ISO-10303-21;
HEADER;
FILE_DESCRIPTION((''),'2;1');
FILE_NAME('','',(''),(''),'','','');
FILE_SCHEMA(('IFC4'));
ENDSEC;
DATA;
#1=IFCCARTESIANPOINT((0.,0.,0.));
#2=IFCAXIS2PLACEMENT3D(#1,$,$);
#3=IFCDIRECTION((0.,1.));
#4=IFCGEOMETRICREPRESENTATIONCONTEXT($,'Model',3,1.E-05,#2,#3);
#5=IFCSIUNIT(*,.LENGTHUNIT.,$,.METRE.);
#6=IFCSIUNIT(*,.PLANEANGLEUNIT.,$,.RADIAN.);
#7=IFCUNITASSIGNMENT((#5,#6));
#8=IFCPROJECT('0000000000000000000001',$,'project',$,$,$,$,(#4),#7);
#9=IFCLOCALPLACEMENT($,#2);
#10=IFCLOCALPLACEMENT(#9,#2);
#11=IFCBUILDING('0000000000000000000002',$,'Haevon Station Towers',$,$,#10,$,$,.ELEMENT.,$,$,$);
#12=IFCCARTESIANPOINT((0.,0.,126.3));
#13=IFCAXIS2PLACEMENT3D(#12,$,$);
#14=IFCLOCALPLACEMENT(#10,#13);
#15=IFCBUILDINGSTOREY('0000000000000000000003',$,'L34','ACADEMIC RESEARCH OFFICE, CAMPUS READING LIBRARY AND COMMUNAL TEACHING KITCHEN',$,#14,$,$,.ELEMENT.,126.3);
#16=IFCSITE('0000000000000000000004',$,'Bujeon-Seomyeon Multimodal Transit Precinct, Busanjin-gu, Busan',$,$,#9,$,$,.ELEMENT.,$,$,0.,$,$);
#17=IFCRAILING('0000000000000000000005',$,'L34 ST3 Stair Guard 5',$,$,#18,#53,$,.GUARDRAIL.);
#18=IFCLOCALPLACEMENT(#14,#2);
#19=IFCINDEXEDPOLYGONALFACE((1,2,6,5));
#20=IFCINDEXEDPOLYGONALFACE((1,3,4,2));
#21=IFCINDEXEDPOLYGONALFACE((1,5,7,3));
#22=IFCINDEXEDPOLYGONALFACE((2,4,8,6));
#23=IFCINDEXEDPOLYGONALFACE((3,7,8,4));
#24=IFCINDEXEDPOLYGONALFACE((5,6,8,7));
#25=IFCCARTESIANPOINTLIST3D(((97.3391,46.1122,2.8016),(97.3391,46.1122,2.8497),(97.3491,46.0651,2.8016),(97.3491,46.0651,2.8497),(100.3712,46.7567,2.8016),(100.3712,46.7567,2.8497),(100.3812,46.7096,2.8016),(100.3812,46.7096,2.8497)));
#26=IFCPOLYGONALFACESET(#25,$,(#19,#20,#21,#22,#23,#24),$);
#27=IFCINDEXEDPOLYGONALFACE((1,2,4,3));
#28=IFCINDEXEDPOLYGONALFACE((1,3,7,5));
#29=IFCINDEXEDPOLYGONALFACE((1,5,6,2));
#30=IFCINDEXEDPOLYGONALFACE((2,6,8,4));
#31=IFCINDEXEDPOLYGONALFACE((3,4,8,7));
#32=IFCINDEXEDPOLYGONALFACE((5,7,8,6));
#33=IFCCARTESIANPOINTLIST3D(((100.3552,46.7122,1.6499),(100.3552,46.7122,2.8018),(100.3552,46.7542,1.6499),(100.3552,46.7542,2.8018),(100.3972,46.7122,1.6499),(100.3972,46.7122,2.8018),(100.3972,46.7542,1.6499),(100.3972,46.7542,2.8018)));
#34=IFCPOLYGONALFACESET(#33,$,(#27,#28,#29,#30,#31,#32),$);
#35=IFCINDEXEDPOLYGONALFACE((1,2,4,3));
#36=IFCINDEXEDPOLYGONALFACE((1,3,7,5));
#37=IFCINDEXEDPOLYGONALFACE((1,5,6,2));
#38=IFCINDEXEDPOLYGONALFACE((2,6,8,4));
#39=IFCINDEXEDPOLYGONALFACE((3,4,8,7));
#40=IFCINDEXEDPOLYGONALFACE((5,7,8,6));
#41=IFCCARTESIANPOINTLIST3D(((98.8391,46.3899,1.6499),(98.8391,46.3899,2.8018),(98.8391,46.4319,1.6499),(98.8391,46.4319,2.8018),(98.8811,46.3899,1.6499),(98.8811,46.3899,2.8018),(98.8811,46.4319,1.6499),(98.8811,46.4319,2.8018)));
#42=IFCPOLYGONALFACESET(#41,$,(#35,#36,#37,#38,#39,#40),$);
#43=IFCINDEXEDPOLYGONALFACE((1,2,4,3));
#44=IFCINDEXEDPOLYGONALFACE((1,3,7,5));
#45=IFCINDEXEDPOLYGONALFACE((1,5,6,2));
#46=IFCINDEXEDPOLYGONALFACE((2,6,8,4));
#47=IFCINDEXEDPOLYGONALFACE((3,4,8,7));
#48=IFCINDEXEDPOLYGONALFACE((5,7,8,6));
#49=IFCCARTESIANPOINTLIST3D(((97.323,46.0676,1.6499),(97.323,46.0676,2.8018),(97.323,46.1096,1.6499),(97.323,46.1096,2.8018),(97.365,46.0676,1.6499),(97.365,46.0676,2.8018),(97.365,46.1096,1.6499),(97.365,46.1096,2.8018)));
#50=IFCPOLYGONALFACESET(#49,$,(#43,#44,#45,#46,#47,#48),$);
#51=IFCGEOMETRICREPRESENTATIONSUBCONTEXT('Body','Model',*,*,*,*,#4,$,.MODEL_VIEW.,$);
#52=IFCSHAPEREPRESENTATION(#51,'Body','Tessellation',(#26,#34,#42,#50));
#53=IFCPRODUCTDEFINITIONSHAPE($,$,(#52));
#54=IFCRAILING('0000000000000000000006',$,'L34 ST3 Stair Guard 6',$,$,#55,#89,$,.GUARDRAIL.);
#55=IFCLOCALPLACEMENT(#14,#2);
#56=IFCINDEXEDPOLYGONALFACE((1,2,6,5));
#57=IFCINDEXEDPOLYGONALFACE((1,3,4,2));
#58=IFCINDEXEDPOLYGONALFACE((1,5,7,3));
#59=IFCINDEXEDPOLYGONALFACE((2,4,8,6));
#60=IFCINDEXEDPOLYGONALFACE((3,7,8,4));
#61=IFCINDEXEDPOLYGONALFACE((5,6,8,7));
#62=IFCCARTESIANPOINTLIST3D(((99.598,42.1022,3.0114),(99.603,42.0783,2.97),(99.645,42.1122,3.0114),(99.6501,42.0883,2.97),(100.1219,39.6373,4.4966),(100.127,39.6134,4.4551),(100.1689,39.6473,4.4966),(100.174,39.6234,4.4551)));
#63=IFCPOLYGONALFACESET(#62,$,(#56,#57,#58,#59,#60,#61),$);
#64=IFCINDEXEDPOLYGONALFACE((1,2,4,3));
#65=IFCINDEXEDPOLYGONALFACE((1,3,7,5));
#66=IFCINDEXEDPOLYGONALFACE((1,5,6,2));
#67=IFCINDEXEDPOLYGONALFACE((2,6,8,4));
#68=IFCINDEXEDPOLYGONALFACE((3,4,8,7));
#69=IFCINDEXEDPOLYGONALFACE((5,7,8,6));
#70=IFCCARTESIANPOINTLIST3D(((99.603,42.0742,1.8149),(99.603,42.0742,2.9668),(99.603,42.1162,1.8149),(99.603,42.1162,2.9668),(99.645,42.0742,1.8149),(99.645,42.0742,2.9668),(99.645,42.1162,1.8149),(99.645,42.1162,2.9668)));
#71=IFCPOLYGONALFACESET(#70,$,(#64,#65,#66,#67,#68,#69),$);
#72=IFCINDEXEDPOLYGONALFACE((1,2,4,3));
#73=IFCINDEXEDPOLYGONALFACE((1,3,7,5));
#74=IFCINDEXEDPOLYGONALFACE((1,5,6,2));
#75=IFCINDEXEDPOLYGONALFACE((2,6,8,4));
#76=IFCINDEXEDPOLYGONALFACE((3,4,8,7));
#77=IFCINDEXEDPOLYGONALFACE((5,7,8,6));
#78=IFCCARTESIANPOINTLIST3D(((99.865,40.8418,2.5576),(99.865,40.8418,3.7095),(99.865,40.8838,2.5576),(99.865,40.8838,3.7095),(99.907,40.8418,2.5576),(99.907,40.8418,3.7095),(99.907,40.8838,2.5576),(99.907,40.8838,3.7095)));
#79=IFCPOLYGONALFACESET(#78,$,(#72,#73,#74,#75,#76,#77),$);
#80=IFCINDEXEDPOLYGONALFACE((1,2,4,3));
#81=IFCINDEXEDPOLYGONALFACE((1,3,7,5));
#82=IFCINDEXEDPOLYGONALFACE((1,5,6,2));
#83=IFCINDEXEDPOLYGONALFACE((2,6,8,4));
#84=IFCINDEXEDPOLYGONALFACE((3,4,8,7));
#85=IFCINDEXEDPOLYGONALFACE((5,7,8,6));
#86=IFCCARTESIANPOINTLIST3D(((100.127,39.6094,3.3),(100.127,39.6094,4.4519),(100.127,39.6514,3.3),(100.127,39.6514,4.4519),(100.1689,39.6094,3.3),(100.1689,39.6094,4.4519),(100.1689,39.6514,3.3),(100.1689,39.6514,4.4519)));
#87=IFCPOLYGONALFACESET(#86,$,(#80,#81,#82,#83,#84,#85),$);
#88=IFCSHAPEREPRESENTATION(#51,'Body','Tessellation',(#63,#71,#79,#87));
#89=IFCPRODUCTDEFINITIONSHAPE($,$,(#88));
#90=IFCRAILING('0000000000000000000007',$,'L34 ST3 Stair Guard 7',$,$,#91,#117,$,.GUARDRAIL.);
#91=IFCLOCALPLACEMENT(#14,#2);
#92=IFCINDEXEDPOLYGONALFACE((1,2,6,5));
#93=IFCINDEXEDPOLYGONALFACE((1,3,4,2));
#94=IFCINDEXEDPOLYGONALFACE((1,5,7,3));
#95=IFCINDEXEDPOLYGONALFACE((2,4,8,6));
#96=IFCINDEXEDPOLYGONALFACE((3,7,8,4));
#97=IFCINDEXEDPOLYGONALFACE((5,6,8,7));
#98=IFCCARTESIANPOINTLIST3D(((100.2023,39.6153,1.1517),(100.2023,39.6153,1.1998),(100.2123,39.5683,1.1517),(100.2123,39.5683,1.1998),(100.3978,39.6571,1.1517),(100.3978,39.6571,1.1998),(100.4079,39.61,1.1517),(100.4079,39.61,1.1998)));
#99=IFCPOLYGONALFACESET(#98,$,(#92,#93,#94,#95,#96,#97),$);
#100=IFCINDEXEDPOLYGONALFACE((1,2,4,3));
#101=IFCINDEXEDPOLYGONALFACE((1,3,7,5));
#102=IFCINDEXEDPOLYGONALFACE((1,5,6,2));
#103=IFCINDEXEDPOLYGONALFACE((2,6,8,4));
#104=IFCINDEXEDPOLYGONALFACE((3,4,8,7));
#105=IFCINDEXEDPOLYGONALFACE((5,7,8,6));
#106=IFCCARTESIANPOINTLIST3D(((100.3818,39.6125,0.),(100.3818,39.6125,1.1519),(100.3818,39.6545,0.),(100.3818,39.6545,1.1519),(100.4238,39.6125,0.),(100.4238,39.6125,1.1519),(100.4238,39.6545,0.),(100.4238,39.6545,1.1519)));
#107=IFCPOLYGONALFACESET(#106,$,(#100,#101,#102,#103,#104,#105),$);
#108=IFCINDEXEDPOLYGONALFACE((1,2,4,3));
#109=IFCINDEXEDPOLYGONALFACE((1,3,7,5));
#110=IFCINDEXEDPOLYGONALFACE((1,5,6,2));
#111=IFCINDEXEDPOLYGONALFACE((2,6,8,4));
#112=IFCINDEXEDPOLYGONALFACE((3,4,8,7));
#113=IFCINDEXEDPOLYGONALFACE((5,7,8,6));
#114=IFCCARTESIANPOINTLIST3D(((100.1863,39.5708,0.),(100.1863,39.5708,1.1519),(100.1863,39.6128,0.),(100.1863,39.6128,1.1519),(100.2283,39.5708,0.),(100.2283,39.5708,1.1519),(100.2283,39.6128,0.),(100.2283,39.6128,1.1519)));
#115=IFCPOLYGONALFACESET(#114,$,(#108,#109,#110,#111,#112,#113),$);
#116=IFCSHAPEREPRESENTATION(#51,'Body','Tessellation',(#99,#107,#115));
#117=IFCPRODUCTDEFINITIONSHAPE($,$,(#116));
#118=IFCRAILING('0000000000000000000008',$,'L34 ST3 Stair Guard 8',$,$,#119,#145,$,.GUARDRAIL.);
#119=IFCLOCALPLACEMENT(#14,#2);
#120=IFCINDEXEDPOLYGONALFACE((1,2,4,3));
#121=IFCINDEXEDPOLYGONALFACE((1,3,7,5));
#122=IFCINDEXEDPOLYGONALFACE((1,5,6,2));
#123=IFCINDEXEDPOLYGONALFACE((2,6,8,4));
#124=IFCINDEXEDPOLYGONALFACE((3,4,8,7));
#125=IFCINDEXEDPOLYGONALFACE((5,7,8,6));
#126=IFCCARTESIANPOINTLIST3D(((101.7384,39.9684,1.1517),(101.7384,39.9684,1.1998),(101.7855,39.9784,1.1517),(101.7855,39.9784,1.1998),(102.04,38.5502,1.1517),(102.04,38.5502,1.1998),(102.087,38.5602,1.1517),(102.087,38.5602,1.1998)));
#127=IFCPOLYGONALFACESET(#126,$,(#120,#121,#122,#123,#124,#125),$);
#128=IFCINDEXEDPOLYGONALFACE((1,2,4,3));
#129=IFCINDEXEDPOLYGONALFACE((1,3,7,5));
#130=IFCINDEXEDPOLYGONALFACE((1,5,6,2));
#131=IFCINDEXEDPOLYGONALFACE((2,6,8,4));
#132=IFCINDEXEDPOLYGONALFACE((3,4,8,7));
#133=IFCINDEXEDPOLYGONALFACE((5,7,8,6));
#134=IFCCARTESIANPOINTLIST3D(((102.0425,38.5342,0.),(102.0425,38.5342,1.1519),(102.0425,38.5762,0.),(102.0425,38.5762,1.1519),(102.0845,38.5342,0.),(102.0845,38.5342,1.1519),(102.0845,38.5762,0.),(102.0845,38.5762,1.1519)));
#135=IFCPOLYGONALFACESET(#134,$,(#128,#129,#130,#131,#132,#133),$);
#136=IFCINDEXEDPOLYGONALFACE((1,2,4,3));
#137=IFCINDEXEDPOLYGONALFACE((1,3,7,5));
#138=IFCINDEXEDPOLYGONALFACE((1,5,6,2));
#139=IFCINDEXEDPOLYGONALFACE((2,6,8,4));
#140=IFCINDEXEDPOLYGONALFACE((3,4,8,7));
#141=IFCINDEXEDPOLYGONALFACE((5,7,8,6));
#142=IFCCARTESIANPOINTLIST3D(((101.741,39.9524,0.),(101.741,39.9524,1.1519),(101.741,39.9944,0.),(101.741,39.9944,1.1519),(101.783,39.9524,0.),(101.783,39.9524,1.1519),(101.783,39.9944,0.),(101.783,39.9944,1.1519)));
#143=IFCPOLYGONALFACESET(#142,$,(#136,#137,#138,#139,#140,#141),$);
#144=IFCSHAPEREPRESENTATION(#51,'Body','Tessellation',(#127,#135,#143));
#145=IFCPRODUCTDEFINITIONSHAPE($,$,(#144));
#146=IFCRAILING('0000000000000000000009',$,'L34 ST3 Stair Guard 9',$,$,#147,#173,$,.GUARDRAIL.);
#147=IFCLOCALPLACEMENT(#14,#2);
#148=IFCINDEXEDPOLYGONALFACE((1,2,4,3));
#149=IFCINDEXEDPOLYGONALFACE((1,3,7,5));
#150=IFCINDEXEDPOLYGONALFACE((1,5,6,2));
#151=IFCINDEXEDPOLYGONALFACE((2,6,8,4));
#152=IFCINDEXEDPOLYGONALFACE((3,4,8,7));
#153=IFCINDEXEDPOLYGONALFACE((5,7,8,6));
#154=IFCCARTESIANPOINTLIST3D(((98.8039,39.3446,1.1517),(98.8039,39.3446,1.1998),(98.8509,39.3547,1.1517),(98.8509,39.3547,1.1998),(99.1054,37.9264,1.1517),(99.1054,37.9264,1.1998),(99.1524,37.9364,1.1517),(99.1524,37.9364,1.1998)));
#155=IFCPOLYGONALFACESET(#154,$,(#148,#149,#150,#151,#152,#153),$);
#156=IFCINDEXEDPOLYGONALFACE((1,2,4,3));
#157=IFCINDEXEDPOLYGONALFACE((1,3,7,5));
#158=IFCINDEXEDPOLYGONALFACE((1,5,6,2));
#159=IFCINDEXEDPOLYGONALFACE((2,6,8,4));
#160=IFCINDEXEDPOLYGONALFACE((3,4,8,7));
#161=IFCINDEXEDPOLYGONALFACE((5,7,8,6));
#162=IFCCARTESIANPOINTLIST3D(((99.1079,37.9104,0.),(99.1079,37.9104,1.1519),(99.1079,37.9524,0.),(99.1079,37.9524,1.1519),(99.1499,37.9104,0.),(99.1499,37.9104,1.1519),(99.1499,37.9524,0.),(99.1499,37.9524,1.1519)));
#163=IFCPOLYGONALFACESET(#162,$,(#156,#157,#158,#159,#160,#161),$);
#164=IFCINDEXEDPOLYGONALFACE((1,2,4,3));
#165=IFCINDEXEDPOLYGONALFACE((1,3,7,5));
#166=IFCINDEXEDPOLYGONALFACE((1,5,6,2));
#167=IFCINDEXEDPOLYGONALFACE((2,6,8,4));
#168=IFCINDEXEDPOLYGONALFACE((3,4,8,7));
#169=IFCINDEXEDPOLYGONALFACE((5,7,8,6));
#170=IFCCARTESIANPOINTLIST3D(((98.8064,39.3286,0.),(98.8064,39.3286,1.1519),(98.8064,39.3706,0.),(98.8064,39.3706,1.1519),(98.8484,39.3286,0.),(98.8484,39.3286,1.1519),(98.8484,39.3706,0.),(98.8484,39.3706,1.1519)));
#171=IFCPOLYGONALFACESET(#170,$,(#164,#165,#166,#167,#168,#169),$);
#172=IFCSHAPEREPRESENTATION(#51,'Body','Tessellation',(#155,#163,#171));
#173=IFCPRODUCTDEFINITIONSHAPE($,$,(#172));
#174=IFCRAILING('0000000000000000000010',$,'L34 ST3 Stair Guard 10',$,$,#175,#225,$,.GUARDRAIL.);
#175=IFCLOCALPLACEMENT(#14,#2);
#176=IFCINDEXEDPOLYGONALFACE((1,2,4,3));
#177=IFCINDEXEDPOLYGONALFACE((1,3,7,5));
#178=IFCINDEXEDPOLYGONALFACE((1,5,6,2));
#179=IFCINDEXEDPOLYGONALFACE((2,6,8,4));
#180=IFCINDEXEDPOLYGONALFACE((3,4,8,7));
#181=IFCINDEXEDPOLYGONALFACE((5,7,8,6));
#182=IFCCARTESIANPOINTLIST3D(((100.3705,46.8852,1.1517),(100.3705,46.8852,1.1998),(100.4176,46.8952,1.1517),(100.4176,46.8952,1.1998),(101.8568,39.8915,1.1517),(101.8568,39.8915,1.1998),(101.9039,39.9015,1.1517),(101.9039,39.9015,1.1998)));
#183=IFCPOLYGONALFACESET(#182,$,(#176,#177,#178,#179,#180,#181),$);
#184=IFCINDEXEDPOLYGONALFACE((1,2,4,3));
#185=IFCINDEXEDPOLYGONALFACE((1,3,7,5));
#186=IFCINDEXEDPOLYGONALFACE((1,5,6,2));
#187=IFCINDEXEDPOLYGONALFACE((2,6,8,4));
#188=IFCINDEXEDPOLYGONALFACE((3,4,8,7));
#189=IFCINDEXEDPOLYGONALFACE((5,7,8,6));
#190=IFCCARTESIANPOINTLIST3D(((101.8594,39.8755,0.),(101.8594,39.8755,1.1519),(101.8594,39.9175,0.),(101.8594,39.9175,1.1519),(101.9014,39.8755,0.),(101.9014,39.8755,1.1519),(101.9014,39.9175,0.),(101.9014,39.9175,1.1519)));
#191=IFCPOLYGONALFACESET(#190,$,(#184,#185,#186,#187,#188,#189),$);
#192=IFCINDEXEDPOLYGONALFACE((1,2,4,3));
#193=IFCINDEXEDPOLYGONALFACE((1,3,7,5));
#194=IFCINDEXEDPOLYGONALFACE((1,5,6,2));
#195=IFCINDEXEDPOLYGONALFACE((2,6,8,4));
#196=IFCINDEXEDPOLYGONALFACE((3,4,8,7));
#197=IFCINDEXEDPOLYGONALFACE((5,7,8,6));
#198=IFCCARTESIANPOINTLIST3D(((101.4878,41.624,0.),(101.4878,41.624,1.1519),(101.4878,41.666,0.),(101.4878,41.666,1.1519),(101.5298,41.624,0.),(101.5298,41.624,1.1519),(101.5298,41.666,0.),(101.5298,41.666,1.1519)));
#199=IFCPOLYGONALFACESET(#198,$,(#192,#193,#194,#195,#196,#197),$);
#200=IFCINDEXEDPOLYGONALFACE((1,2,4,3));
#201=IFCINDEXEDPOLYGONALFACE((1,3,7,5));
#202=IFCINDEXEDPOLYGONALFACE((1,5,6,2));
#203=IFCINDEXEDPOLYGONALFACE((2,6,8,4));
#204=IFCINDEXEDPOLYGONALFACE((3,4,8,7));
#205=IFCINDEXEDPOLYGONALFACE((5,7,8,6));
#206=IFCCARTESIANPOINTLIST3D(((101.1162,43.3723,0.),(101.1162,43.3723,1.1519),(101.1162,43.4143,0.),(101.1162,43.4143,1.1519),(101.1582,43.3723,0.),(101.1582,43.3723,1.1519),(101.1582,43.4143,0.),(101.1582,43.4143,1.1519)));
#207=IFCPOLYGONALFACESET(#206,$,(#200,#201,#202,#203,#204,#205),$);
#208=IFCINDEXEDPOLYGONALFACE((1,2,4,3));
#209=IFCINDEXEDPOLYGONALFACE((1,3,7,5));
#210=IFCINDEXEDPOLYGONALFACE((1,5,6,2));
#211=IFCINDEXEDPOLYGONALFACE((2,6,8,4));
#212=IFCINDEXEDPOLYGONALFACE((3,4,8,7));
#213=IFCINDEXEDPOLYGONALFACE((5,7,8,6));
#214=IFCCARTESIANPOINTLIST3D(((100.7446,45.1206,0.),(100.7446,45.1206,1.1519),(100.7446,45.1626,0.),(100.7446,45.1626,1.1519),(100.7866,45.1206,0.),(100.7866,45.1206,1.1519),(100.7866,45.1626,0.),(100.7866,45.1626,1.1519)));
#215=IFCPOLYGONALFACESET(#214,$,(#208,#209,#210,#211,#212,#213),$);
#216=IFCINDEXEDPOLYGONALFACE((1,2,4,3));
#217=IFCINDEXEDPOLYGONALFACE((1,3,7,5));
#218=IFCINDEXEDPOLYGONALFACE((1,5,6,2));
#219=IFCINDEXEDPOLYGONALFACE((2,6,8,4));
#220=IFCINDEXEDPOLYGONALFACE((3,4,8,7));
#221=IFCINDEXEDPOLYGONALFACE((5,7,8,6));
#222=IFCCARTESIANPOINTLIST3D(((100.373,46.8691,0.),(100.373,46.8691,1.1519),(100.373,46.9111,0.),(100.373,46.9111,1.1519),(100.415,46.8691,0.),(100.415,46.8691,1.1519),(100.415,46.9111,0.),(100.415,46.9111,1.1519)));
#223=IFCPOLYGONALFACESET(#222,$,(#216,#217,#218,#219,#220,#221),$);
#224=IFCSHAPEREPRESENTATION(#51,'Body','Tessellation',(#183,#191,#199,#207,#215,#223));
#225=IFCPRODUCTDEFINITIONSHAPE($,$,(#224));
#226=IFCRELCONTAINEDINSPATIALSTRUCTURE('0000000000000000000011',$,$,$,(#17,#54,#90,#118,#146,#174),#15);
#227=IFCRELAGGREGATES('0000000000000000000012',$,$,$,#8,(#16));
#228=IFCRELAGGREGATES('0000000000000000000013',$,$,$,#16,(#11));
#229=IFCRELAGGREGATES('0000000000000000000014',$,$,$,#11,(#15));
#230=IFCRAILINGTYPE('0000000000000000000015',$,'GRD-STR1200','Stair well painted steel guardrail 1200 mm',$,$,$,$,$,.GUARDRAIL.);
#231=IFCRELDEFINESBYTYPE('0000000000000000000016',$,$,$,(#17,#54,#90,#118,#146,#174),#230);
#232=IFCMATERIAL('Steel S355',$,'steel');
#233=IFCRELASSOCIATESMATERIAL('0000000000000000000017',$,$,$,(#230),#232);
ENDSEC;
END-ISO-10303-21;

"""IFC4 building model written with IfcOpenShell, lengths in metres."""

from ifc_helpers import new_model, si_unit, direction, frame, origin, origin_2d, place, context, subcontext, project, spatial, rectangle, extrude, material, type_object, element, save


model = new_model("IFC4")

# Units and contexts
model_context = context("Model", 3, precision=1e-05, world=origin(), true_north=direction((0.0, 1.0)))
body_context = subcontext(model_context, "Body", "Model", "MODEL_VIEW")
ifc_project = project(units=[si_unit("LENGTHUNIT", "METRE"), si_unit("PLANEANGLEUNIT", "RADIAN")], contexts=[model_context])

# Site, building, storey
site_placement = place(None, origin())
site = spatial("IfcSite", under=ifc_project, at=site_placement, Name="Bujeon-Seomyeon Multimodal Transit Precinct, Busanjin-gu, Busan", CompositionType="ELEMENT", RefElevation=0.0)
building_placement = place(site_placement, origin())
building = spatial("IfcBuilding", under=site, at=building_placement, Name="Haevon Station Towers", CompositionType="ELEMENT")
storey_placement = place(building_placement, frame((0.0, 0.0, 126.3)))
storey = spatial("IfcBuildingStorey", under=building, at=storey_placement, Name="L34", Description="ACADEMIC RESEARCH OFFICE, CAMPUS READING LIBRARY AND COMMUNAL TEACHING KITCHEN", CompositionType="ELEMENT", Elevation=126.3)

# Shared definitions
ifc_material_1 = material(Name="Steel S355", Category="steel")

# Railings
railing_type_1 = type_object("IfcRailingType", Name="GRD-STR1200", Description="Stair well painted steel guardrail 1200 mm", PredefinedType="GUARDRAIL", material=ifc_material_1)
railing_1_placement = place(storey_placement, frame((100.3762, 46.7332, 1.6499)))
element("IfcRailing", 1, at=railing_1_placement, inside=storey, type_object=railing_type_1, Name="L34 ST3 Stair Guard 5", PredefinedType="GUARDRAIL", context=body_context, shape_type="SweptSolid", body=[
    extrude(rectangle(XDim=0.0481, YDim=0.0481, at=origin_2d()), frame((0.0, 0.0, 1.1758), z_axis=(-0.978147, -0.207915, 0.0), x_axis=(0.207915, -0.978147, 0.0)), (0.0, 0.0, 1.0), 3.0999),
    extrude(rectangle(XDim=0.042, YDim=0.042, at=origin_2d()), origin(), (0.0, 0.0, 1.0), 1.1519),
    extrude(rectangle(XDim=0.042, YDim=0.042, at=origin_2d()), frame((-1.5161, -0.3223, 0.0)), (0.0, 0.0, 1.0), 1.1519),
    extrude(rectangle(XDim=0.042, YDim=0.042, at=origin_2d()), frame((-3.0322, -0.6445, 0.0)), (0.0, 0.0, 1.0), 1.1519),
])
railing_2_placement = place(storey_placement, frame((99.624, 42.0952, 1.8149)))
element("IfcRailing", 2, at=railing_2_placement, inside=storey, type_object=railing_type_1, Name="L34 ST3 Stair Guard 6", PredefinedType="GUARDRAIL", context=body_context, shape_type="SweptSolid", body=[
    extrude(rectangle(XDim=0.0481, YDim=0.0481, at=origin_2d()), frame((0.0, 0.0, 1.1758), z_axis=(0.179121, -0.842688, 0.507733), x_axis=(0.978147, 0.207914, 0.0)), (0.0, 0.0, 1.0), 2.925),
    extrude(rectangle(XDim=0.042, YDim=0.042, at=origin_2d()), origin(), (0.0, 0.0, 1.0), 1.1519),
    extrude(rectangle(XDim=0.042, YDim=0.042, at=origin_2d()), frame((0.262, -1.2324, 0.7427)), (0.0, 0.0, 1.0), 1.1519),
    extrude(rectangle(XDim=0.042, YDim=0.042, at=origin_2d()), frame((0.5239, -2.4648, 1.4851)), (0.0, 0.0, 1.0), 1.1519),
])
railing_3_placement = place(storey_placement, frame((100.4028, 39.6335, 0.0)))
element("IfcRailing", 3, at=railing_3_placement, inside=storey, type_object=railing_type_1, Name="L34 ST3 Stair Guard 7", PredefinedType="GUARDRAIL", context=body_context, shape_type="SweptSolid", body=[
    extrude(rectangle(XDim=0.0481, YDim=0.0481, at=origin_2d()), frame((0.0, 0.0, 1.1758), z_axis=(-0.977963, -0.208779, 0.0), x_axis=(0.208779, -0.977963, 0.0)), (0.0, 0.0, 1.0), 0.2),
    extrude(rectangle(XDim=0.042, YDim=0.042, at=origin_2d()), origin(), (0.0, 0.0, 1.0), 1.1519),
    extrude(rectangle(XDim=0.042, YDim=0.042, at=origin_2d()), frame((-0.1956, -0.0417, 0.0)), (0.0, 0.0, 1.0), 1.1519),
])
for number, where, name in (
    (4, (102.0635, 38.5552, 0.0), "L34 ST3 Stair Guard 8"),
    (5, (99.1289, 37.9314, 0.0), "L34 ST3 Stair Guard 9"),
):
    element("IfcRailing", number, at=place(storey_placement, frame(where)), inside=storey, type_object=railing_type_1, Name=name, PredefinedType="GUARDRAIL", context=body_context, shape_type="SweptSolid", body=[
        extrude(rectangle(XDim=0.0481, YDim=0.0481, at=origin_2d()), frame((0.0, 0.0, 1.1758), z_axis=(-0.207953, 0.978139, 0.0), x_axis=(-0.978139, -0.207953, 0.0)), (0.0, 0.0, 1.0), 1.45),
        extrude(rectangle(XDim=0.042, YDim=0.042, at=origin_2d()), origin(), (0.0, 0.0, 1.0), 1.1519),
        extrude(rectangle(XDim=0.042, YDim=0.042, at=origin_2d()), frame((-0.3015, 1.4182, 0.0)), (0.0, 0.0, 1.0), 1.1519),
    ])
railing_4_placement = place(storey_placement, frame((101.8804, 39.8965, 0.0)))
element("IfcRailing", 6, at=railing_4_placement, inside=storey, type_object=railing_type_1, Name="L34 ST3 Stair Guard 10", PredefinedType="GUARDRAIL", context=body_context, shape_type="SweptSolid", body=[
    extrude(rectangle(XDim=0.0481, YDim=0.0481, at=origin_2d()), frame((0.0, 0.0, 1.1758), z_axis=(-0.207882, 0.978154, 0.0), x_axis=(-0.978154, -0.207882, 0.0)), (0.0, 0.0, 1.0), 7.1499),
    extrude(rectangle(XDim=0.042, YDim=0.042, at=origin_2d()), origin(), (0.0, 0.0, 1.0), 1.1519),
    extrude(rectangle(XDim=0.042, YDim=0.042, at=origin_2d()), frame((-0.3716, 1.7485, 0.0)), (0.0, 0.0, 1.0), 1.1519),
    extrude(rectangle(XDim=0.042, YDim=0.042, at=origin_2d()), frame((-0.7432, 3.4968, 0.0)), (0.0, 0.0, 1.0), 1.1519),
    extrude(rectangle(XDim=0.042, YDim=0.042, at=origin_2d()), frame((-1.1147, 5.2451, 0.0)), (0.0, 0.0, 1.0), 1.1519),
    extrude(rectangle(XDim=0.042, YDim=0.042, at=origin_2d()), frame((-1.4863, 6.9937, 0.0)), (0.0, 0.0, 1.0), 1.1519),
])

save(model, "model.ifc")
